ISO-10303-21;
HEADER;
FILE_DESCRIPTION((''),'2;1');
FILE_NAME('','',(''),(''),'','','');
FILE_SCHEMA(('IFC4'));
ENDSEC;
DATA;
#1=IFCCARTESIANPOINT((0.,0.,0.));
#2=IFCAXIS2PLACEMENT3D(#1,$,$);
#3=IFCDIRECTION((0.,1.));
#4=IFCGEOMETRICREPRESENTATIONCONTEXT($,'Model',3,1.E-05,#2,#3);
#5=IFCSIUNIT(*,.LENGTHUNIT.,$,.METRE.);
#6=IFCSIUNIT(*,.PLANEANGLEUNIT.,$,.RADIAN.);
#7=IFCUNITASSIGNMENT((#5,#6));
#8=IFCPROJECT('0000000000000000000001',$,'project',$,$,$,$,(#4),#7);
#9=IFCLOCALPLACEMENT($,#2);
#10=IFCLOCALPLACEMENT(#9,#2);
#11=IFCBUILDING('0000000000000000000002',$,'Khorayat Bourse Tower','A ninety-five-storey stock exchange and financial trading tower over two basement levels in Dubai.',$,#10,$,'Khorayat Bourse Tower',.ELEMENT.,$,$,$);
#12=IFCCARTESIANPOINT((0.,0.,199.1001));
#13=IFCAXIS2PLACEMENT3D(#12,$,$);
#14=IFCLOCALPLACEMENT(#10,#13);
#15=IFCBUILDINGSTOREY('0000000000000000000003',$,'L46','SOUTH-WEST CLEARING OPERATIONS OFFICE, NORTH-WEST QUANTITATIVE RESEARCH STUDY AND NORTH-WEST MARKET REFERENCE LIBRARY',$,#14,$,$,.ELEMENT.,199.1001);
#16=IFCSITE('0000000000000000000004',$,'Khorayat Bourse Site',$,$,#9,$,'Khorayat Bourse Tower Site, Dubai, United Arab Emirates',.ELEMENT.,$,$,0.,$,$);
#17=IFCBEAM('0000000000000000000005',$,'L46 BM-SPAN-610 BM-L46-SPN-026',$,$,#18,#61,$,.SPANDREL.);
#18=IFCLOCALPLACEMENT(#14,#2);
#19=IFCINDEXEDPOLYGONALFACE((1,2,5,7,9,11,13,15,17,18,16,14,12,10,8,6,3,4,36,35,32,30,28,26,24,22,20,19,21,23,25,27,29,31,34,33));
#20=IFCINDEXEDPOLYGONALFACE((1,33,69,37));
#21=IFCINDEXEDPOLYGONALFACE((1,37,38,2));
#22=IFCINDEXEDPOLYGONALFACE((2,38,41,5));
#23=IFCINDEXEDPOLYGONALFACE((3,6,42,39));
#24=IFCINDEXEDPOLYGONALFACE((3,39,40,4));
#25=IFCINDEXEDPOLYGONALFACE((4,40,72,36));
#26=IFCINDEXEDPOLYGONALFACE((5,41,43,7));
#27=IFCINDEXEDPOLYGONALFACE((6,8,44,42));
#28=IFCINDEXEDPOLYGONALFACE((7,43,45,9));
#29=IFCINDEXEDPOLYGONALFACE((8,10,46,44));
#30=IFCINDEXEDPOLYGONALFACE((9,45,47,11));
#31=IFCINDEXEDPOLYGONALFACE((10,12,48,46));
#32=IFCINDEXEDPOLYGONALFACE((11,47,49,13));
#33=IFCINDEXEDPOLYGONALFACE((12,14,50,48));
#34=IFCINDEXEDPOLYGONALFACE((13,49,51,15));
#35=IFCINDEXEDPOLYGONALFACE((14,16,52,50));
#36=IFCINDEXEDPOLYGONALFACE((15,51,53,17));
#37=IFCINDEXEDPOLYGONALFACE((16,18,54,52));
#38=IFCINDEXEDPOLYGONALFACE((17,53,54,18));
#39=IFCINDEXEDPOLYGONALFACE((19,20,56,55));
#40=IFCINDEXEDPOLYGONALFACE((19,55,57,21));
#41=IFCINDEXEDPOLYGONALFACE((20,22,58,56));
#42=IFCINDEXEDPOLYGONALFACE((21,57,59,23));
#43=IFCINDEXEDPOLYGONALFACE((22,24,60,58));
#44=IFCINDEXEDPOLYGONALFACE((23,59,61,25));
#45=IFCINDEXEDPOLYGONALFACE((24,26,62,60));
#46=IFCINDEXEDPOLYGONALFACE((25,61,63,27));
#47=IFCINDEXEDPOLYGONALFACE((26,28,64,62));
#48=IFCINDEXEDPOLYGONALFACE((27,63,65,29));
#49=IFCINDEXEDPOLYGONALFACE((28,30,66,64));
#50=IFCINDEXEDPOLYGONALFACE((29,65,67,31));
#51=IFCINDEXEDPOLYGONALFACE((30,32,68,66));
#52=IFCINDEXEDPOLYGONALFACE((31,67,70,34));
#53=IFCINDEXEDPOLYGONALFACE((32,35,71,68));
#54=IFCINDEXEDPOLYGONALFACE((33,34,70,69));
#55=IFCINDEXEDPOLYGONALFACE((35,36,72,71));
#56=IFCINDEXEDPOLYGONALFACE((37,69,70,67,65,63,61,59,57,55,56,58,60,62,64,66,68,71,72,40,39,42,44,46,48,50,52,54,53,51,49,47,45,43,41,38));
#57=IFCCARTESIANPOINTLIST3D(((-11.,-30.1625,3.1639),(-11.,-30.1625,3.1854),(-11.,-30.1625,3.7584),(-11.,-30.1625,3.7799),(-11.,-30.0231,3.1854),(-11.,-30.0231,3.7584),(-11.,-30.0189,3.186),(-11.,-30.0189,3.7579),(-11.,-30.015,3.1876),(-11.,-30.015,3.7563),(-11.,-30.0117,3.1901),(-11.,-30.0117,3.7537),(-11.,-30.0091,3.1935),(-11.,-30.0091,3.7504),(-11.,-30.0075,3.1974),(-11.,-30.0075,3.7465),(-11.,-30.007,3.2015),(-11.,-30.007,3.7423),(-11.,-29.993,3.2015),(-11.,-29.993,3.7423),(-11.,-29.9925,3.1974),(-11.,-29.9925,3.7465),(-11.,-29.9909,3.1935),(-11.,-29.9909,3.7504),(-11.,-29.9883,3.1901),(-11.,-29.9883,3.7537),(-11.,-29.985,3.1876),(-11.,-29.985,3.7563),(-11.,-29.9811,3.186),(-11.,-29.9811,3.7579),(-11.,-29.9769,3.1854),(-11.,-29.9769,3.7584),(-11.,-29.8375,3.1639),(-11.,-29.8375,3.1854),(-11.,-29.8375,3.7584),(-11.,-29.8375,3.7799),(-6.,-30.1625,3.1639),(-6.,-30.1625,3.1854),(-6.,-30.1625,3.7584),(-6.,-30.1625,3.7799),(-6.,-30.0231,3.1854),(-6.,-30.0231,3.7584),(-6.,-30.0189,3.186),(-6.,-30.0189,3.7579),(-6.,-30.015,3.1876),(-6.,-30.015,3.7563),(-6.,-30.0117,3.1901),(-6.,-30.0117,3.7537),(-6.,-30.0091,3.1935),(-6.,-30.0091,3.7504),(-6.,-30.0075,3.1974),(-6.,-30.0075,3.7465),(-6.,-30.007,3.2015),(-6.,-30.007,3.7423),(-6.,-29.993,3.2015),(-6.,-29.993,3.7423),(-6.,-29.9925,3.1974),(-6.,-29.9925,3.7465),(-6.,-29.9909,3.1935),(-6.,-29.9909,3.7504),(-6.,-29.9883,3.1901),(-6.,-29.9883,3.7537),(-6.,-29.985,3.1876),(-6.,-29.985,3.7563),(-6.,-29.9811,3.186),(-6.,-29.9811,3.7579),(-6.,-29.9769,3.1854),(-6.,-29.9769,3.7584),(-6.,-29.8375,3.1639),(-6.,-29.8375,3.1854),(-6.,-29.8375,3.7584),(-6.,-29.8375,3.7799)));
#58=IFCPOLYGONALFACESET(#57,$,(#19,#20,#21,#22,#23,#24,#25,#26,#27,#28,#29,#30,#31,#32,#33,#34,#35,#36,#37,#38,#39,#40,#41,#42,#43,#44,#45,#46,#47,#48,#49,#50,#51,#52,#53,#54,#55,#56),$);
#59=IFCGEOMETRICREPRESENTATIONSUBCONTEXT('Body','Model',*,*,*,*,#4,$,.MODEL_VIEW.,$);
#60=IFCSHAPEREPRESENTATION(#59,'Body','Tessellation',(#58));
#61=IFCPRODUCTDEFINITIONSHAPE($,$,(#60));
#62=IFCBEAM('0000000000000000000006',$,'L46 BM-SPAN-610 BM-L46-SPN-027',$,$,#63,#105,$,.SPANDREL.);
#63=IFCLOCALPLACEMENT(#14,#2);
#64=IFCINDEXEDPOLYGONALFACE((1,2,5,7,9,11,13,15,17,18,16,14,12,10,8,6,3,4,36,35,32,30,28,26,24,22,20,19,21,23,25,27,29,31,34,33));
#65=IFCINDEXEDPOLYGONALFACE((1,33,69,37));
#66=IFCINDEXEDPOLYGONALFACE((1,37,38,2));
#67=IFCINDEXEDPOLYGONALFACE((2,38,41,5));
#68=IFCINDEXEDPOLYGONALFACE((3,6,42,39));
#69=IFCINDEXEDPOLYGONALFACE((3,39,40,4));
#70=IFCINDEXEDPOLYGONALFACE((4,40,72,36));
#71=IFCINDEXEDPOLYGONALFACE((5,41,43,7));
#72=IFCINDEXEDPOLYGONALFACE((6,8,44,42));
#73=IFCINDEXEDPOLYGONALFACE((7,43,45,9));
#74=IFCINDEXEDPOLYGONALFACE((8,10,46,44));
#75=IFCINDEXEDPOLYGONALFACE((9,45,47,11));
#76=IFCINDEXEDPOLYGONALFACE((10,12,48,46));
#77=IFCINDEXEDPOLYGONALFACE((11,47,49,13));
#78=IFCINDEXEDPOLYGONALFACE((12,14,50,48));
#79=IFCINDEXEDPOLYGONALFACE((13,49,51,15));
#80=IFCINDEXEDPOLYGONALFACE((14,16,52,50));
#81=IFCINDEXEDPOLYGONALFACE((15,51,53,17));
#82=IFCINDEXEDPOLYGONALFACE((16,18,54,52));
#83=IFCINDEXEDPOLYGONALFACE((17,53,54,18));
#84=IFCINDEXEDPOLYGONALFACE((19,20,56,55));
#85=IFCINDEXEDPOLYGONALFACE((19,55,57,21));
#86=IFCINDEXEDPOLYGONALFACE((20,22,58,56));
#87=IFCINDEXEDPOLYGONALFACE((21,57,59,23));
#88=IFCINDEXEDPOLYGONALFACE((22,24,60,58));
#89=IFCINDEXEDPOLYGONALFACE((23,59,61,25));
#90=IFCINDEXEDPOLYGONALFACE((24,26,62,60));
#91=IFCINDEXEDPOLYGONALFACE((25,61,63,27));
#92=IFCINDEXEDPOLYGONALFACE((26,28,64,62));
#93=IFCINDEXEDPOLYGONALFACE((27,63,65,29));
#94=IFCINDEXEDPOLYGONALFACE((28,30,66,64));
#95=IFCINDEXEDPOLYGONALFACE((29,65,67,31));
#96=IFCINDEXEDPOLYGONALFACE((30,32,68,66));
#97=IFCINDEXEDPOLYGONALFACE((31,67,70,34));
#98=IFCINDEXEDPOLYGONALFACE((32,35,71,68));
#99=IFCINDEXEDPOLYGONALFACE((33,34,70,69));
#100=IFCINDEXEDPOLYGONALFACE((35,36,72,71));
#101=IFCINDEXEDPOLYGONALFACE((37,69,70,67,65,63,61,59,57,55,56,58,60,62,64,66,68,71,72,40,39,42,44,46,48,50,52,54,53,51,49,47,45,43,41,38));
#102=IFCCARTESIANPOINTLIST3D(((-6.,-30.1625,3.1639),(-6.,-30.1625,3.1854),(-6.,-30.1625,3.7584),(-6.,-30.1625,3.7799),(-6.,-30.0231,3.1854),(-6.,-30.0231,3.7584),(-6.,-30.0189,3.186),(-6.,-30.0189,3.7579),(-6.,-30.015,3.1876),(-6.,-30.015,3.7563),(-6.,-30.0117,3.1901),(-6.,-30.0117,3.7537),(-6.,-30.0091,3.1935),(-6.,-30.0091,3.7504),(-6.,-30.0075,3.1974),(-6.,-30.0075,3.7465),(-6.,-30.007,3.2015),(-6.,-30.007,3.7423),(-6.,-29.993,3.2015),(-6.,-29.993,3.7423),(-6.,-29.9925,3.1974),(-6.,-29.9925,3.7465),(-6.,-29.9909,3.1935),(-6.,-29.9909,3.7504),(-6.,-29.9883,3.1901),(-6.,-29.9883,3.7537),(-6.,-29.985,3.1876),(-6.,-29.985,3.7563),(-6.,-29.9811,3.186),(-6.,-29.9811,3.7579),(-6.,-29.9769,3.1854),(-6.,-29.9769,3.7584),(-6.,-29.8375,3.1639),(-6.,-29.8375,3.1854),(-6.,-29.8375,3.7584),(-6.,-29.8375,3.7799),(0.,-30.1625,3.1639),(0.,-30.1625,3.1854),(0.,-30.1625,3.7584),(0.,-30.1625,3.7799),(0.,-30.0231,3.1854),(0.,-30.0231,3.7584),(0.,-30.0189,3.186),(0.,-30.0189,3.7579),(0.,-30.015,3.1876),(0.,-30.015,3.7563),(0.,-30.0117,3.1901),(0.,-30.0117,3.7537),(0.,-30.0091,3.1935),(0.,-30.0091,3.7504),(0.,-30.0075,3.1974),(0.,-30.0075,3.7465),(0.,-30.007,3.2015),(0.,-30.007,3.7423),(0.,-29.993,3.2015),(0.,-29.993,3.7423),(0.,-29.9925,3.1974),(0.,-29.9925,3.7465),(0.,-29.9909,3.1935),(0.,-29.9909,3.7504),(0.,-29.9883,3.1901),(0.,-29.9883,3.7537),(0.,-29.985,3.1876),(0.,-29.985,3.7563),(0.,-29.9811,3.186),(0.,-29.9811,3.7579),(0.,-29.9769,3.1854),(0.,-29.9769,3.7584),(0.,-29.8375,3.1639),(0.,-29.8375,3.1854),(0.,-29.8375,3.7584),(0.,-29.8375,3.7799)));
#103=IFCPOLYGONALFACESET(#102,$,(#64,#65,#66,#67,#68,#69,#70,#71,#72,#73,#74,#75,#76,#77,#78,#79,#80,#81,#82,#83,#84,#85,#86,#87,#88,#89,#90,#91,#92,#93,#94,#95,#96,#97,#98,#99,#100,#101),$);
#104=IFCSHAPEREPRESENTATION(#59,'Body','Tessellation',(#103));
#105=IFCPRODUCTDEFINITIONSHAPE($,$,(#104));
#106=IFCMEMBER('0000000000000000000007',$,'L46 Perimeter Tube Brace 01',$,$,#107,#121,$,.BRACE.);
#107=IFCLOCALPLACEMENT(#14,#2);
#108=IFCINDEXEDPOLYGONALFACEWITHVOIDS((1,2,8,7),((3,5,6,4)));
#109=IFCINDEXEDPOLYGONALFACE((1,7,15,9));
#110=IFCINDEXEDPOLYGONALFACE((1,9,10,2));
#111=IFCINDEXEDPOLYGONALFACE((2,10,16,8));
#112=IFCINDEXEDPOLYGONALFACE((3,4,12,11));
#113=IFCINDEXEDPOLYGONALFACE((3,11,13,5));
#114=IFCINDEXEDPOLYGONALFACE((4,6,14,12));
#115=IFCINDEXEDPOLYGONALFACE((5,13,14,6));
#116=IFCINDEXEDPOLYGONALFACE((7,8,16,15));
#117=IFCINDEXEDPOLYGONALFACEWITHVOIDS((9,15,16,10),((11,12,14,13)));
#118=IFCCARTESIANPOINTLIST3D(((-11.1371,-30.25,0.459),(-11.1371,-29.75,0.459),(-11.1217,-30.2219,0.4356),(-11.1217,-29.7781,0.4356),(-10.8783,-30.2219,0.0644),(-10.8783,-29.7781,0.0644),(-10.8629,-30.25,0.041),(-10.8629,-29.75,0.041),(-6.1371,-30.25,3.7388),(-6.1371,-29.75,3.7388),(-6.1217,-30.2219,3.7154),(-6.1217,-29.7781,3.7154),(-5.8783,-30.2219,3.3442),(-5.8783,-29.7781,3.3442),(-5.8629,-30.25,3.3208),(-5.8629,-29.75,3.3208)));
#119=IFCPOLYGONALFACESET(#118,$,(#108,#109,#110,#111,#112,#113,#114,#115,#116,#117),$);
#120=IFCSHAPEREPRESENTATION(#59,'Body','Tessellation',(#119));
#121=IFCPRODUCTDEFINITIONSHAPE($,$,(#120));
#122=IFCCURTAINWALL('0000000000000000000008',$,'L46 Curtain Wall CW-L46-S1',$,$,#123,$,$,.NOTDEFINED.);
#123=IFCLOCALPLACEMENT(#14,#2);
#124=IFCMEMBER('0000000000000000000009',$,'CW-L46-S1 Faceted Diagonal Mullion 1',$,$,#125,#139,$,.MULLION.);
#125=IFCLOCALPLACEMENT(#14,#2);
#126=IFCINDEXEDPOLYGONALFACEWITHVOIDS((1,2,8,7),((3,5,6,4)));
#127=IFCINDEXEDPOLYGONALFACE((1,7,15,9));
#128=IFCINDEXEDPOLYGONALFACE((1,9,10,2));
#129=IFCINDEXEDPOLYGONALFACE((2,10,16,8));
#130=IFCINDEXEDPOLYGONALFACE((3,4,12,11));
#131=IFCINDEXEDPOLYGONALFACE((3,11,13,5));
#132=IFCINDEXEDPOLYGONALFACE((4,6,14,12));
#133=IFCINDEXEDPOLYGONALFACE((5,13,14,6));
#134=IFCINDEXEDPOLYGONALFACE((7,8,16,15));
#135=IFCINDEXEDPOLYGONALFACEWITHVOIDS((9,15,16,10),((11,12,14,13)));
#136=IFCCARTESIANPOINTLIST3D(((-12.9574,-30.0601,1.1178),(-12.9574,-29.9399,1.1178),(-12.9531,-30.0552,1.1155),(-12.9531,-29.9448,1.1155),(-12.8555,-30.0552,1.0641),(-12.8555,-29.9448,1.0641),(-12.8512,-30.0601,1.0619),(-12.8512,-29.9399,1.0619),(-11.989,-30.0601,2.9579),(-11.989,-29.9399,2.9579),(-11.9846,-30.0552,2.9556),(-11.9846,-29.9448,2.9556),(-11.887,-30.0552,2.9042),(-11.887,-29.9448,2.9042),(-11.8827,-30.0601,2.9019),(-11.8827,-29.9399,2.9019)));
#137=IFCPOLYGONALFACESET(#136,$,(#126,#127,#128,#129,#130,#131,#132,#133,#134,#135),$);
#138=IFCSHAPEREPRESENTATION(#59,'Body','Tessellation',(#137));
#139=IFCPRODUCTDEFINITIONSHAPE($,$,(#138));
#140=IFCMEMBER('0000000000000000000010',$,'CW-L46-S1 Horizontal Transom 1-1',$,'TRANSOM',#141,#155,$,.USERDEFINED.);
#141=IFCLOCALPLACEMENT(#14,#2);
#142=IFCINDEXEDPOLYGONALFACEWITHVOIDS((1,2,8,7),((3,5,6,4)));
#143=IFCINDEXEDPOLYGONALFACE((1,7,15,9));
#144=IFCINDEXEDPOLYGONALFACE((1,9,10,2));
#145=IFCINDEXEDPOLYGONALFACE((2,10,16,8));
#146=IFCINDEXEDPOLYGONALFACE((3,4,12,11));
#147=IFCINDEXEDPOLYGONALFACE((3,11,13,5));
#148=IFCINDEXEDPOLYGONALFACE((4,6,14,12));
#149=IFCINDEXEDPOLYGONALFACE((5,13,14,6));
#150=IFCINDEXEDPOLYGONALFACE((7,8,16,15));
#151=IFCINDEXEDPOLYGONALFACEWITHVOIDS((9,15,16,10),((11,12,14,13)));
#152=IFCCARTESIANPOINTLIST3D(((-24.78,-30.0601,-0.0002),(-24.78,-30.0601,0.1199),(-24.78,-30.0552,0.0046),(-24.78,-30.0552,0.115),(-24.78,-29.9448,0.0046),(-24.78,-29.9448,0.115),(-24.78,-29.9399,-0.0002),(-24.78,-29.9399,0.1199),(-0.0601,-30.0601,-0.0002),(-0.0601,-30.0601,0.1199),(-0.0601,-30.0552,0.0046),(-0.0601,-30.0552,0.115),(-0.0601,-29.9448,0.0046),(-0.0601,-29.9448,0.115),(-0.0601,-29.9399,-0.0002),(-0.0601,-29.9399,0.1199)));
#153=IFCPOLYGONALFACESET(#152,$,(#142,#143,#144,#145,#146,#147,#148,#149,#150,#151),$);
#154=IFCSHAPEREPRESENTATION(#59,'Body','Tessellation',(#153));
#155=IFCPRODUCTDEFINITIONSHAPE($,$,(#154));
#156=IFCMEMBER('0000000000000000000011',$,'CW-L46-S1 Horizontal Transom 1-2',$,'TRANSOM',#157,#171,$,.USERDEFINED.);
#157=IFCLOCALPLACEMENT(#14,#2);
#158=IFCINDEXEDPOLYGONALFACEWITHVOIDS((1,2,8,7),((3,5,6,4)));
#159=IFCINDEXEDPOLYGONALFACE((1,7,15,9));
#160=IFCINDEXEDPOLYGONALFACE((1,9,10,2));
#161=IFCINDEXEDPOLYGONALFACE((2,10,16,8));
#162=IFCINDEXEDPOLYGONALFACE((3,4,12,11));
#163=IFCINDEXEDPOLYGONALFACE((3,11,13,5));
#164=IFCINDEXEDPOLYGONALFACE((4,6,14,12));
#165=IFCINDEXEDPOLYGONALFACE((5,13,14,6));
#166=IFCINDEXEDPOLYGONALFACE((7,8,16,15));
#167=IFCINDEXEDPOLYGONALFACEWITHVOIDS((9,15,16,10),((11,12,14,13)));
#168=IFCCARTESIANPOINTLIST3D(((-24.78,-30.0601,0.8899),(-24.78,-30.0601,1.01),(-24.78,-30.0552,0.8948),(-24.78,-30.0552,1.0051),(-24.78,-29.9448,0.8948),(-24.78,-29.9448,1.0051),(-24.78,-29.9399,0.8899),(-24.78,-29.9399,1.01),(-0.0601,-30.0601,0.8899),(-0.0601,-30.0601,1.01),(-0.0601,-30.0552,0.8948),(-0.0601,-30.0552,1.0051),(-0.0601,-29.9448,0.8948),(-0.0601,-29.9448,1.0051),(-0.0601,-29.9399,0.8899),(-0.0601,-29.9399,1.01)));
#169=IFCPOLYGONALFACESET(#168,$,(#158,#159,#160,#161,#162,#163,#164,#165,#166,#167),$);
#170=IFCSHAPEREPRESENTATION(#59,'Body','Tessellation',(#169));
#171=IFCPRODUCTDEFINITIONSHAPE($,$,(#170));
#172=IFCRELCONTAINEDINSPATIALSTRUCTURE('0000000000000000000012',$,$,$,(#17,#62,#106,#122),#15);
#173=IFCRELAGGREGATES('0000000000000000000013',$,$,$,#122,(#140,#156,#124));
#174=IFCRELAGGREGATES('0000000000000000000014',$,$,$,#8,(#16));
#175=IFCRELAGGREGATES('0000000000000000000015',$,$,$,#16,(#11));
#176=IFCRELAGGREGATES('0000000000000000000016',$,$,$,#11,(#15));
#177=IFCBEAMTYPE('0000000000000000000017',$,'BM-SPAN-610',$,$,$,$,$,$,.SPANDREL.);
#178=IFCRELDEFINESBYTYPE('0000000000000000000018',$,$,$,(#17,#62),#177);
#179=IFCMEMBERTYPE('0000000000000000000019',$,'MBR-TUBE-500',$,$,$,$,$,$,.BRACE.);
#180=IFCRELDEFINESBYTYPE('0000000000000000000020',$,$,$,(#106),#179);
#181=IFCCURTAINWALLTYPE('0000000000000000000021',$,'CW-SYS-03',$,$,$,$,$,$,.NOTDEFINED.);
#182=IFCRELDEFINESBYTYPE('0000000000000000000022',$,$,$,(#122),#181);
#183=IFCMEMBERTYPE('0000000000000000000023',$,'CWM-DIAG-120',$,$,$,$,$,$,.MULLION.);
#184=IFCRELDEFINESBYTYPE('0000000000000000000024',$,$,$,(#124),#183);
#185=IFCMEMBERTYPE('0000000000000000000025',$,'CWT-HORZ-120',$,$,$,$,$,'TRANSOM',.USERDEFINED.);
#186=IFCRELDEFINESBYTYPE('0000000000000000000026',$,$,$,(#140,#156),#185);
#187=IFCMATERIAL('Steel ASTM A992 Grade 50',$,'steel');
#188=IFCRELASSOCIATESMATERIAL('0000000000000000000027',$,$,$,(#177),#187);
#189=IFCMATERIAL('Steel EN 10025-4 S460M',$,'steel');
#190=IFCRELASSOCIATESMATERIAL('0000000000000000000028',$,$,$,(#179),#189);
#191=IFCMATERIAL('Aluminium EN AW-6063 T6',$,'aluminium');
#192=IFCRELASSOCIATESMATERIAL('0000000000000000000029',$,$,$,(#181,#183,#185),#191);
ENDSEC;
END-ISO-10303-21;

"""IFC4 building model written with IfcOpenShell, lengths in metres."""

from ifc_helpers import new_model, si_unit, direction, frame, origin, origin_2d, place, context, subcontext, project, spatial, hollow_rectangle, i_section, extrude, source, transform, mapped, material, material_profile, profile_set, type_object, element, aggregate, save


model = new_model("IFC4")

# Units and contexts
model_context = context("Model", 3, precision=1e-05, world=origin(), true_north=direction((0.0, 1.0)))
body_context = subcontext(model_context, "Body", "Model", "MODEL_VIEW")
ifc_project = project(units=[si_unit("LENGTHUNIT", "METRE"), si_unit("PLANEANGLEUNIT", "RADIAN")], contexts=[model_context])

# Site, building, storey
site_placement = place(None, origin())
site = spatial("IfcSite", under=ifc_project, at=site_placement, Name="Khorayat Bourse Site", LongName="Khorayat Bourse Tower Site, Dubai, United Arab Emirates", CompositionType="ELEMENT", RefElevation=0.0)
building_placement = place(site_placement, origin())
building = spatial("IfcBuilding", under=site, at=building_placement, Name="Khorayat Bourse Tower", Description="A ninety-five-storey stock exchange and financial trading tower over two basement levels in Dubai.", LongName="Khorayat Bourse Tower", CompositionType="ELEMENT")
storey_placement = place(building_placement, frame((0.0, 0.0, 199.1001)))
storey = spatial("IfcBuildingStorey", under=building, at=storey_placement, Name="L46", Description="SOUTH-WEST CLEARING OPERATIONS OFFICE, NORTH-WEST QUANTITATIVE RESEARCH STUDY AND NORTH-WEST MARKET REFERENCE LIBRARY", CompositionType="ELEMENT", Elevation=199.1001)

# Shared definitions
ifc_material_1 = material(Name="Steel EN 10025-4 S460M", Category="steel")

# Beams
ifc_material_2 = material(Name="Steel ASTM A992 Grade 50", Category="steel")
ifc_material_profile_1 = material_profile(ifc_material_2, i_section(OverallWidth=0.325, OverallDepth=0.616, WebThickness=0.0139, FlangeThickness=0.0215, FilletRadius=0.0161, at=origin_2d()), Name="W610X174")
ifc_profile_set_1 = profile_set([ifc_material_profile_1], Name="Steel ASTM A992 Grade 50")
beam_type_1 = type_object("IfcBeamType", Name="BM-SPAN-610", PredefinedType="SPANDREL", material=ifc_profile_set_1)
shared_shape_1 = source(origin(), body_context, "Body", "SweptSolid", [
    extrude(i_section(OverallWidth=0.325, OverallDepth=0.616, WebThickness=0.0139, FlangeThickness=0.0215, FilletRadius=0.0161, at=origin_2d()), origin(), (0.0, 0.0, 1.0), 5.0),
])
beam_1_placement = place(storey_placement, frame((-11.0, -30.0, 3.4719), z_axis=(1.0, 0.0, 0.0), x_axis=(0.0, 1.0, 0.0)))
element("IfcBeam", 1, at=beam_1_placement, inside=storey, type_object=beam_type_1, Name="L46 BM-SPAN-610 BM-L46-SPN-026", PredefinedType="SPANDREL", context=body_context, shape_type="MappedRepresentation", body=[
    mapped(shared_shape_1, transform((0.0, 0.0, 0.0), scale=1.0)),
])
shared_shape_2 = source(origin(), body_context, "Body", "SweptSolid", [
    extrude(i_section(OverallWidth=0.325, OverallDepth=0.616, WebThickness=0.0139, FlangeThickness=0.0215, FilletRadius=0.0161, at=origin_2d()), origin(), (0.0, 0.0, 1.0), 6.0),
])
beam_2_placement = place(storey_placement, frame((-6.0, -30.0, 3.4719), z_axis=(1.0, 0.0, 0.0), x_axis=(0.0, 1.0, 0.0)))
element("IfcBeam", 2, at=beam_2_placement, inside=storey, type_object=beam_type_1, Name="L46 BM-SPAN-610 BM-L46-SPN-027", PredefinedType="SPANDREL", context=body_context, shape_type="MappedRepresentation", body=[
    mapped(shared_shape_2, transform((0.0, 0.0, 0.0), scale=1.0)),
])

# Member
ifc_material_profile_2 = material_profile(ifc_material_1, hollow_rectangle(XDim=0.5, YDim=0.5, WallThickness=0.0281, at=origin_2d()), Name="HSS 500x500x28")
ifc_profile_set_2 = profile_set([ifc_material_profile_2], Name="Steel EN 10025-4 S460M")
member_type_1 = type_object("IfcMemberType", Name="MBR-TUBE-500", PredefinedType="BRACE", material=ifc_profile_set_2)
shared_shape_3 = source(origin(), body_context, "Body", "SweptSolid", [
    extrude(hollow_rectangle(XDim=0.5, YDim=0.5, WallThickness=0.0281, at=origin_2d()), origin(), (0.0, 0.0, 1.0), 5.9797),
])
member_1_placement = place(storey_placement, frame((-11.0, -30.0, 0.25), z_axis=(0.83616, 0.0, 0.548485), x_axis=(0.0, 1.0, 0.0)))
element("IfcMember", 3, at=member_1_placement, inside=storey, type_object=member_type_1, Name="L46 Perimeter Tube Brace 01", PredefinedType="BRACE", context=body_context, shape_type="MappedRepresentation", body=[
    mapped(shared_shape_3, transform((0.0, 0.0, 0.0), scale=1.0)),
])

# Curtain wall, members
ifc_material_3 = material(Name="Aluminium EN AW-6063 T6", Category="aluminium")
curtain_wall_type = type_object("IfcCurtainWallType", Name="CW-SYS-03", PredefinedType="NOTDEFINED", material=ifc_material_3)
curtain_wall_placement = place(storey_placement, origin())
curtain_wall = element("IfcCurtainWall", 4, at=curtain_wall_placement, inside=storey, type_object=curtain_wall_type, Name="L46 Curtain Wall CW-L46-S1", PredefinedType="NOTDEFINED")
ifc_material_profile_3 = material_profile(ifc_material_3, hollow_rectangle(XDim=0.1201, YDim=0.1201, WallThickness=0.0049, at=origin_2d()), Name="ALU 120x120x5")
ifc_profile_set_3 = profile_set([ifc_material_profile_3], Name="Aluminium EN AW-6063 T6")
member_type_2 = type_object("IfcMemberType", Name="CWM-DIAG-120", PredefinedType="MULLION", material=ifc_profile_set_3)
shared_shape_4 = source(origin(), body_context, "Body", "SweptSolid", [
    extrude(hollow_rectangle(XDim=0.1201, YDim=0.1201, WallThickness=0.0049, at=origin_2d()), origin(), (0.0, 0.0, 1.0), 2.0793),
])
member_2_placement = place(storey_placement, frame((-12.9043, -30.0, 1.0898), z_axis=(0.465761, 0.0, 0.884911), x_axis=(0.0, 1.0, 0.0)))
member_2 = element("IfcMember", 5, at=member_2_placement, type_object=member_type_2, Name="CW-L46-S1 Faceted Diagonal Mullion 1", PredefinedType="MULLION", context=body_context, shape_type="MappedRepresentation", body=[
    mapped(shared_shape_4, transform((0.0, 0.0, 0.0), scale=1.0)),
])
ifc_material_profile_4 = material_profile(ifc_material_3, hollow_rectangle(XDim=0.1201, YDim=0.1201, WallThickness=0.0049, at=origin_2d()), Name="ALU 120x120x5")
ifc_profile_set_4 = profile_set([ifc_material_profile_4], Name="Aluminium EN AW-6063 T6")
member_type_3 = type_object("IfcMemberType", Name="CWT-HORZ-120", ElementType="TRANSOM", PredefinedType="USERDEFINED", material=ifc_profile_set_4)
shared_shape_5 = source(origin(), body_context, "Body", "SweptSolid", [
    extrude(hollow_rectangle(XDim=0.1201, YDim=0.1201, WallThickness=0.0049, at=origin_2d()), origin(), (0.0, 0.0, 1.0), 24.72),
])
member_3_placement = place(storey_placement, frame((-24.78, -30.0, 0.0598), z_axis=(1.0, 0.0, 0.0), x_axis=(0.0, 1.0, 0.0)))
member_3 = element("IfcMember", 6, at=member_3_placement, type_object=member_type_3, Name="CW-L46-S1 Horizontal Transom 1-1", ObjectType="TRANSOM", PredefinedType="USERDEFINED", context=body_context, shape_type="MappedRepresentation", body=[
    mapped(shared_shape_5, transform((0.0, 0.0, 0.0), scale=1.0)),
])
member_4_placement = place(storey_placement, frame((-24.78, -30.0, 0.95), z_axis=(1.0, 0.0, 0.0), x_axis=(0.0, 1.0, 0.0)))
member_4 = element("IfcMember", 7, at=member_4_placement, type_object=member_type_3, Name="CW-L46-S1 Horizontal Transom 1-2", ObjectType="TRANSOM", PredefinedType="USERDEFINED", context=body_context, shape_type="MappedRepresentation", body=[
    mapped(shared_shape_5, transform((0.0, 0.0, 0.0), scale=1.0)),
])

aggregate(curtain_wall, [member_3, member_4, member_2])

save(model, "model.ifc")
